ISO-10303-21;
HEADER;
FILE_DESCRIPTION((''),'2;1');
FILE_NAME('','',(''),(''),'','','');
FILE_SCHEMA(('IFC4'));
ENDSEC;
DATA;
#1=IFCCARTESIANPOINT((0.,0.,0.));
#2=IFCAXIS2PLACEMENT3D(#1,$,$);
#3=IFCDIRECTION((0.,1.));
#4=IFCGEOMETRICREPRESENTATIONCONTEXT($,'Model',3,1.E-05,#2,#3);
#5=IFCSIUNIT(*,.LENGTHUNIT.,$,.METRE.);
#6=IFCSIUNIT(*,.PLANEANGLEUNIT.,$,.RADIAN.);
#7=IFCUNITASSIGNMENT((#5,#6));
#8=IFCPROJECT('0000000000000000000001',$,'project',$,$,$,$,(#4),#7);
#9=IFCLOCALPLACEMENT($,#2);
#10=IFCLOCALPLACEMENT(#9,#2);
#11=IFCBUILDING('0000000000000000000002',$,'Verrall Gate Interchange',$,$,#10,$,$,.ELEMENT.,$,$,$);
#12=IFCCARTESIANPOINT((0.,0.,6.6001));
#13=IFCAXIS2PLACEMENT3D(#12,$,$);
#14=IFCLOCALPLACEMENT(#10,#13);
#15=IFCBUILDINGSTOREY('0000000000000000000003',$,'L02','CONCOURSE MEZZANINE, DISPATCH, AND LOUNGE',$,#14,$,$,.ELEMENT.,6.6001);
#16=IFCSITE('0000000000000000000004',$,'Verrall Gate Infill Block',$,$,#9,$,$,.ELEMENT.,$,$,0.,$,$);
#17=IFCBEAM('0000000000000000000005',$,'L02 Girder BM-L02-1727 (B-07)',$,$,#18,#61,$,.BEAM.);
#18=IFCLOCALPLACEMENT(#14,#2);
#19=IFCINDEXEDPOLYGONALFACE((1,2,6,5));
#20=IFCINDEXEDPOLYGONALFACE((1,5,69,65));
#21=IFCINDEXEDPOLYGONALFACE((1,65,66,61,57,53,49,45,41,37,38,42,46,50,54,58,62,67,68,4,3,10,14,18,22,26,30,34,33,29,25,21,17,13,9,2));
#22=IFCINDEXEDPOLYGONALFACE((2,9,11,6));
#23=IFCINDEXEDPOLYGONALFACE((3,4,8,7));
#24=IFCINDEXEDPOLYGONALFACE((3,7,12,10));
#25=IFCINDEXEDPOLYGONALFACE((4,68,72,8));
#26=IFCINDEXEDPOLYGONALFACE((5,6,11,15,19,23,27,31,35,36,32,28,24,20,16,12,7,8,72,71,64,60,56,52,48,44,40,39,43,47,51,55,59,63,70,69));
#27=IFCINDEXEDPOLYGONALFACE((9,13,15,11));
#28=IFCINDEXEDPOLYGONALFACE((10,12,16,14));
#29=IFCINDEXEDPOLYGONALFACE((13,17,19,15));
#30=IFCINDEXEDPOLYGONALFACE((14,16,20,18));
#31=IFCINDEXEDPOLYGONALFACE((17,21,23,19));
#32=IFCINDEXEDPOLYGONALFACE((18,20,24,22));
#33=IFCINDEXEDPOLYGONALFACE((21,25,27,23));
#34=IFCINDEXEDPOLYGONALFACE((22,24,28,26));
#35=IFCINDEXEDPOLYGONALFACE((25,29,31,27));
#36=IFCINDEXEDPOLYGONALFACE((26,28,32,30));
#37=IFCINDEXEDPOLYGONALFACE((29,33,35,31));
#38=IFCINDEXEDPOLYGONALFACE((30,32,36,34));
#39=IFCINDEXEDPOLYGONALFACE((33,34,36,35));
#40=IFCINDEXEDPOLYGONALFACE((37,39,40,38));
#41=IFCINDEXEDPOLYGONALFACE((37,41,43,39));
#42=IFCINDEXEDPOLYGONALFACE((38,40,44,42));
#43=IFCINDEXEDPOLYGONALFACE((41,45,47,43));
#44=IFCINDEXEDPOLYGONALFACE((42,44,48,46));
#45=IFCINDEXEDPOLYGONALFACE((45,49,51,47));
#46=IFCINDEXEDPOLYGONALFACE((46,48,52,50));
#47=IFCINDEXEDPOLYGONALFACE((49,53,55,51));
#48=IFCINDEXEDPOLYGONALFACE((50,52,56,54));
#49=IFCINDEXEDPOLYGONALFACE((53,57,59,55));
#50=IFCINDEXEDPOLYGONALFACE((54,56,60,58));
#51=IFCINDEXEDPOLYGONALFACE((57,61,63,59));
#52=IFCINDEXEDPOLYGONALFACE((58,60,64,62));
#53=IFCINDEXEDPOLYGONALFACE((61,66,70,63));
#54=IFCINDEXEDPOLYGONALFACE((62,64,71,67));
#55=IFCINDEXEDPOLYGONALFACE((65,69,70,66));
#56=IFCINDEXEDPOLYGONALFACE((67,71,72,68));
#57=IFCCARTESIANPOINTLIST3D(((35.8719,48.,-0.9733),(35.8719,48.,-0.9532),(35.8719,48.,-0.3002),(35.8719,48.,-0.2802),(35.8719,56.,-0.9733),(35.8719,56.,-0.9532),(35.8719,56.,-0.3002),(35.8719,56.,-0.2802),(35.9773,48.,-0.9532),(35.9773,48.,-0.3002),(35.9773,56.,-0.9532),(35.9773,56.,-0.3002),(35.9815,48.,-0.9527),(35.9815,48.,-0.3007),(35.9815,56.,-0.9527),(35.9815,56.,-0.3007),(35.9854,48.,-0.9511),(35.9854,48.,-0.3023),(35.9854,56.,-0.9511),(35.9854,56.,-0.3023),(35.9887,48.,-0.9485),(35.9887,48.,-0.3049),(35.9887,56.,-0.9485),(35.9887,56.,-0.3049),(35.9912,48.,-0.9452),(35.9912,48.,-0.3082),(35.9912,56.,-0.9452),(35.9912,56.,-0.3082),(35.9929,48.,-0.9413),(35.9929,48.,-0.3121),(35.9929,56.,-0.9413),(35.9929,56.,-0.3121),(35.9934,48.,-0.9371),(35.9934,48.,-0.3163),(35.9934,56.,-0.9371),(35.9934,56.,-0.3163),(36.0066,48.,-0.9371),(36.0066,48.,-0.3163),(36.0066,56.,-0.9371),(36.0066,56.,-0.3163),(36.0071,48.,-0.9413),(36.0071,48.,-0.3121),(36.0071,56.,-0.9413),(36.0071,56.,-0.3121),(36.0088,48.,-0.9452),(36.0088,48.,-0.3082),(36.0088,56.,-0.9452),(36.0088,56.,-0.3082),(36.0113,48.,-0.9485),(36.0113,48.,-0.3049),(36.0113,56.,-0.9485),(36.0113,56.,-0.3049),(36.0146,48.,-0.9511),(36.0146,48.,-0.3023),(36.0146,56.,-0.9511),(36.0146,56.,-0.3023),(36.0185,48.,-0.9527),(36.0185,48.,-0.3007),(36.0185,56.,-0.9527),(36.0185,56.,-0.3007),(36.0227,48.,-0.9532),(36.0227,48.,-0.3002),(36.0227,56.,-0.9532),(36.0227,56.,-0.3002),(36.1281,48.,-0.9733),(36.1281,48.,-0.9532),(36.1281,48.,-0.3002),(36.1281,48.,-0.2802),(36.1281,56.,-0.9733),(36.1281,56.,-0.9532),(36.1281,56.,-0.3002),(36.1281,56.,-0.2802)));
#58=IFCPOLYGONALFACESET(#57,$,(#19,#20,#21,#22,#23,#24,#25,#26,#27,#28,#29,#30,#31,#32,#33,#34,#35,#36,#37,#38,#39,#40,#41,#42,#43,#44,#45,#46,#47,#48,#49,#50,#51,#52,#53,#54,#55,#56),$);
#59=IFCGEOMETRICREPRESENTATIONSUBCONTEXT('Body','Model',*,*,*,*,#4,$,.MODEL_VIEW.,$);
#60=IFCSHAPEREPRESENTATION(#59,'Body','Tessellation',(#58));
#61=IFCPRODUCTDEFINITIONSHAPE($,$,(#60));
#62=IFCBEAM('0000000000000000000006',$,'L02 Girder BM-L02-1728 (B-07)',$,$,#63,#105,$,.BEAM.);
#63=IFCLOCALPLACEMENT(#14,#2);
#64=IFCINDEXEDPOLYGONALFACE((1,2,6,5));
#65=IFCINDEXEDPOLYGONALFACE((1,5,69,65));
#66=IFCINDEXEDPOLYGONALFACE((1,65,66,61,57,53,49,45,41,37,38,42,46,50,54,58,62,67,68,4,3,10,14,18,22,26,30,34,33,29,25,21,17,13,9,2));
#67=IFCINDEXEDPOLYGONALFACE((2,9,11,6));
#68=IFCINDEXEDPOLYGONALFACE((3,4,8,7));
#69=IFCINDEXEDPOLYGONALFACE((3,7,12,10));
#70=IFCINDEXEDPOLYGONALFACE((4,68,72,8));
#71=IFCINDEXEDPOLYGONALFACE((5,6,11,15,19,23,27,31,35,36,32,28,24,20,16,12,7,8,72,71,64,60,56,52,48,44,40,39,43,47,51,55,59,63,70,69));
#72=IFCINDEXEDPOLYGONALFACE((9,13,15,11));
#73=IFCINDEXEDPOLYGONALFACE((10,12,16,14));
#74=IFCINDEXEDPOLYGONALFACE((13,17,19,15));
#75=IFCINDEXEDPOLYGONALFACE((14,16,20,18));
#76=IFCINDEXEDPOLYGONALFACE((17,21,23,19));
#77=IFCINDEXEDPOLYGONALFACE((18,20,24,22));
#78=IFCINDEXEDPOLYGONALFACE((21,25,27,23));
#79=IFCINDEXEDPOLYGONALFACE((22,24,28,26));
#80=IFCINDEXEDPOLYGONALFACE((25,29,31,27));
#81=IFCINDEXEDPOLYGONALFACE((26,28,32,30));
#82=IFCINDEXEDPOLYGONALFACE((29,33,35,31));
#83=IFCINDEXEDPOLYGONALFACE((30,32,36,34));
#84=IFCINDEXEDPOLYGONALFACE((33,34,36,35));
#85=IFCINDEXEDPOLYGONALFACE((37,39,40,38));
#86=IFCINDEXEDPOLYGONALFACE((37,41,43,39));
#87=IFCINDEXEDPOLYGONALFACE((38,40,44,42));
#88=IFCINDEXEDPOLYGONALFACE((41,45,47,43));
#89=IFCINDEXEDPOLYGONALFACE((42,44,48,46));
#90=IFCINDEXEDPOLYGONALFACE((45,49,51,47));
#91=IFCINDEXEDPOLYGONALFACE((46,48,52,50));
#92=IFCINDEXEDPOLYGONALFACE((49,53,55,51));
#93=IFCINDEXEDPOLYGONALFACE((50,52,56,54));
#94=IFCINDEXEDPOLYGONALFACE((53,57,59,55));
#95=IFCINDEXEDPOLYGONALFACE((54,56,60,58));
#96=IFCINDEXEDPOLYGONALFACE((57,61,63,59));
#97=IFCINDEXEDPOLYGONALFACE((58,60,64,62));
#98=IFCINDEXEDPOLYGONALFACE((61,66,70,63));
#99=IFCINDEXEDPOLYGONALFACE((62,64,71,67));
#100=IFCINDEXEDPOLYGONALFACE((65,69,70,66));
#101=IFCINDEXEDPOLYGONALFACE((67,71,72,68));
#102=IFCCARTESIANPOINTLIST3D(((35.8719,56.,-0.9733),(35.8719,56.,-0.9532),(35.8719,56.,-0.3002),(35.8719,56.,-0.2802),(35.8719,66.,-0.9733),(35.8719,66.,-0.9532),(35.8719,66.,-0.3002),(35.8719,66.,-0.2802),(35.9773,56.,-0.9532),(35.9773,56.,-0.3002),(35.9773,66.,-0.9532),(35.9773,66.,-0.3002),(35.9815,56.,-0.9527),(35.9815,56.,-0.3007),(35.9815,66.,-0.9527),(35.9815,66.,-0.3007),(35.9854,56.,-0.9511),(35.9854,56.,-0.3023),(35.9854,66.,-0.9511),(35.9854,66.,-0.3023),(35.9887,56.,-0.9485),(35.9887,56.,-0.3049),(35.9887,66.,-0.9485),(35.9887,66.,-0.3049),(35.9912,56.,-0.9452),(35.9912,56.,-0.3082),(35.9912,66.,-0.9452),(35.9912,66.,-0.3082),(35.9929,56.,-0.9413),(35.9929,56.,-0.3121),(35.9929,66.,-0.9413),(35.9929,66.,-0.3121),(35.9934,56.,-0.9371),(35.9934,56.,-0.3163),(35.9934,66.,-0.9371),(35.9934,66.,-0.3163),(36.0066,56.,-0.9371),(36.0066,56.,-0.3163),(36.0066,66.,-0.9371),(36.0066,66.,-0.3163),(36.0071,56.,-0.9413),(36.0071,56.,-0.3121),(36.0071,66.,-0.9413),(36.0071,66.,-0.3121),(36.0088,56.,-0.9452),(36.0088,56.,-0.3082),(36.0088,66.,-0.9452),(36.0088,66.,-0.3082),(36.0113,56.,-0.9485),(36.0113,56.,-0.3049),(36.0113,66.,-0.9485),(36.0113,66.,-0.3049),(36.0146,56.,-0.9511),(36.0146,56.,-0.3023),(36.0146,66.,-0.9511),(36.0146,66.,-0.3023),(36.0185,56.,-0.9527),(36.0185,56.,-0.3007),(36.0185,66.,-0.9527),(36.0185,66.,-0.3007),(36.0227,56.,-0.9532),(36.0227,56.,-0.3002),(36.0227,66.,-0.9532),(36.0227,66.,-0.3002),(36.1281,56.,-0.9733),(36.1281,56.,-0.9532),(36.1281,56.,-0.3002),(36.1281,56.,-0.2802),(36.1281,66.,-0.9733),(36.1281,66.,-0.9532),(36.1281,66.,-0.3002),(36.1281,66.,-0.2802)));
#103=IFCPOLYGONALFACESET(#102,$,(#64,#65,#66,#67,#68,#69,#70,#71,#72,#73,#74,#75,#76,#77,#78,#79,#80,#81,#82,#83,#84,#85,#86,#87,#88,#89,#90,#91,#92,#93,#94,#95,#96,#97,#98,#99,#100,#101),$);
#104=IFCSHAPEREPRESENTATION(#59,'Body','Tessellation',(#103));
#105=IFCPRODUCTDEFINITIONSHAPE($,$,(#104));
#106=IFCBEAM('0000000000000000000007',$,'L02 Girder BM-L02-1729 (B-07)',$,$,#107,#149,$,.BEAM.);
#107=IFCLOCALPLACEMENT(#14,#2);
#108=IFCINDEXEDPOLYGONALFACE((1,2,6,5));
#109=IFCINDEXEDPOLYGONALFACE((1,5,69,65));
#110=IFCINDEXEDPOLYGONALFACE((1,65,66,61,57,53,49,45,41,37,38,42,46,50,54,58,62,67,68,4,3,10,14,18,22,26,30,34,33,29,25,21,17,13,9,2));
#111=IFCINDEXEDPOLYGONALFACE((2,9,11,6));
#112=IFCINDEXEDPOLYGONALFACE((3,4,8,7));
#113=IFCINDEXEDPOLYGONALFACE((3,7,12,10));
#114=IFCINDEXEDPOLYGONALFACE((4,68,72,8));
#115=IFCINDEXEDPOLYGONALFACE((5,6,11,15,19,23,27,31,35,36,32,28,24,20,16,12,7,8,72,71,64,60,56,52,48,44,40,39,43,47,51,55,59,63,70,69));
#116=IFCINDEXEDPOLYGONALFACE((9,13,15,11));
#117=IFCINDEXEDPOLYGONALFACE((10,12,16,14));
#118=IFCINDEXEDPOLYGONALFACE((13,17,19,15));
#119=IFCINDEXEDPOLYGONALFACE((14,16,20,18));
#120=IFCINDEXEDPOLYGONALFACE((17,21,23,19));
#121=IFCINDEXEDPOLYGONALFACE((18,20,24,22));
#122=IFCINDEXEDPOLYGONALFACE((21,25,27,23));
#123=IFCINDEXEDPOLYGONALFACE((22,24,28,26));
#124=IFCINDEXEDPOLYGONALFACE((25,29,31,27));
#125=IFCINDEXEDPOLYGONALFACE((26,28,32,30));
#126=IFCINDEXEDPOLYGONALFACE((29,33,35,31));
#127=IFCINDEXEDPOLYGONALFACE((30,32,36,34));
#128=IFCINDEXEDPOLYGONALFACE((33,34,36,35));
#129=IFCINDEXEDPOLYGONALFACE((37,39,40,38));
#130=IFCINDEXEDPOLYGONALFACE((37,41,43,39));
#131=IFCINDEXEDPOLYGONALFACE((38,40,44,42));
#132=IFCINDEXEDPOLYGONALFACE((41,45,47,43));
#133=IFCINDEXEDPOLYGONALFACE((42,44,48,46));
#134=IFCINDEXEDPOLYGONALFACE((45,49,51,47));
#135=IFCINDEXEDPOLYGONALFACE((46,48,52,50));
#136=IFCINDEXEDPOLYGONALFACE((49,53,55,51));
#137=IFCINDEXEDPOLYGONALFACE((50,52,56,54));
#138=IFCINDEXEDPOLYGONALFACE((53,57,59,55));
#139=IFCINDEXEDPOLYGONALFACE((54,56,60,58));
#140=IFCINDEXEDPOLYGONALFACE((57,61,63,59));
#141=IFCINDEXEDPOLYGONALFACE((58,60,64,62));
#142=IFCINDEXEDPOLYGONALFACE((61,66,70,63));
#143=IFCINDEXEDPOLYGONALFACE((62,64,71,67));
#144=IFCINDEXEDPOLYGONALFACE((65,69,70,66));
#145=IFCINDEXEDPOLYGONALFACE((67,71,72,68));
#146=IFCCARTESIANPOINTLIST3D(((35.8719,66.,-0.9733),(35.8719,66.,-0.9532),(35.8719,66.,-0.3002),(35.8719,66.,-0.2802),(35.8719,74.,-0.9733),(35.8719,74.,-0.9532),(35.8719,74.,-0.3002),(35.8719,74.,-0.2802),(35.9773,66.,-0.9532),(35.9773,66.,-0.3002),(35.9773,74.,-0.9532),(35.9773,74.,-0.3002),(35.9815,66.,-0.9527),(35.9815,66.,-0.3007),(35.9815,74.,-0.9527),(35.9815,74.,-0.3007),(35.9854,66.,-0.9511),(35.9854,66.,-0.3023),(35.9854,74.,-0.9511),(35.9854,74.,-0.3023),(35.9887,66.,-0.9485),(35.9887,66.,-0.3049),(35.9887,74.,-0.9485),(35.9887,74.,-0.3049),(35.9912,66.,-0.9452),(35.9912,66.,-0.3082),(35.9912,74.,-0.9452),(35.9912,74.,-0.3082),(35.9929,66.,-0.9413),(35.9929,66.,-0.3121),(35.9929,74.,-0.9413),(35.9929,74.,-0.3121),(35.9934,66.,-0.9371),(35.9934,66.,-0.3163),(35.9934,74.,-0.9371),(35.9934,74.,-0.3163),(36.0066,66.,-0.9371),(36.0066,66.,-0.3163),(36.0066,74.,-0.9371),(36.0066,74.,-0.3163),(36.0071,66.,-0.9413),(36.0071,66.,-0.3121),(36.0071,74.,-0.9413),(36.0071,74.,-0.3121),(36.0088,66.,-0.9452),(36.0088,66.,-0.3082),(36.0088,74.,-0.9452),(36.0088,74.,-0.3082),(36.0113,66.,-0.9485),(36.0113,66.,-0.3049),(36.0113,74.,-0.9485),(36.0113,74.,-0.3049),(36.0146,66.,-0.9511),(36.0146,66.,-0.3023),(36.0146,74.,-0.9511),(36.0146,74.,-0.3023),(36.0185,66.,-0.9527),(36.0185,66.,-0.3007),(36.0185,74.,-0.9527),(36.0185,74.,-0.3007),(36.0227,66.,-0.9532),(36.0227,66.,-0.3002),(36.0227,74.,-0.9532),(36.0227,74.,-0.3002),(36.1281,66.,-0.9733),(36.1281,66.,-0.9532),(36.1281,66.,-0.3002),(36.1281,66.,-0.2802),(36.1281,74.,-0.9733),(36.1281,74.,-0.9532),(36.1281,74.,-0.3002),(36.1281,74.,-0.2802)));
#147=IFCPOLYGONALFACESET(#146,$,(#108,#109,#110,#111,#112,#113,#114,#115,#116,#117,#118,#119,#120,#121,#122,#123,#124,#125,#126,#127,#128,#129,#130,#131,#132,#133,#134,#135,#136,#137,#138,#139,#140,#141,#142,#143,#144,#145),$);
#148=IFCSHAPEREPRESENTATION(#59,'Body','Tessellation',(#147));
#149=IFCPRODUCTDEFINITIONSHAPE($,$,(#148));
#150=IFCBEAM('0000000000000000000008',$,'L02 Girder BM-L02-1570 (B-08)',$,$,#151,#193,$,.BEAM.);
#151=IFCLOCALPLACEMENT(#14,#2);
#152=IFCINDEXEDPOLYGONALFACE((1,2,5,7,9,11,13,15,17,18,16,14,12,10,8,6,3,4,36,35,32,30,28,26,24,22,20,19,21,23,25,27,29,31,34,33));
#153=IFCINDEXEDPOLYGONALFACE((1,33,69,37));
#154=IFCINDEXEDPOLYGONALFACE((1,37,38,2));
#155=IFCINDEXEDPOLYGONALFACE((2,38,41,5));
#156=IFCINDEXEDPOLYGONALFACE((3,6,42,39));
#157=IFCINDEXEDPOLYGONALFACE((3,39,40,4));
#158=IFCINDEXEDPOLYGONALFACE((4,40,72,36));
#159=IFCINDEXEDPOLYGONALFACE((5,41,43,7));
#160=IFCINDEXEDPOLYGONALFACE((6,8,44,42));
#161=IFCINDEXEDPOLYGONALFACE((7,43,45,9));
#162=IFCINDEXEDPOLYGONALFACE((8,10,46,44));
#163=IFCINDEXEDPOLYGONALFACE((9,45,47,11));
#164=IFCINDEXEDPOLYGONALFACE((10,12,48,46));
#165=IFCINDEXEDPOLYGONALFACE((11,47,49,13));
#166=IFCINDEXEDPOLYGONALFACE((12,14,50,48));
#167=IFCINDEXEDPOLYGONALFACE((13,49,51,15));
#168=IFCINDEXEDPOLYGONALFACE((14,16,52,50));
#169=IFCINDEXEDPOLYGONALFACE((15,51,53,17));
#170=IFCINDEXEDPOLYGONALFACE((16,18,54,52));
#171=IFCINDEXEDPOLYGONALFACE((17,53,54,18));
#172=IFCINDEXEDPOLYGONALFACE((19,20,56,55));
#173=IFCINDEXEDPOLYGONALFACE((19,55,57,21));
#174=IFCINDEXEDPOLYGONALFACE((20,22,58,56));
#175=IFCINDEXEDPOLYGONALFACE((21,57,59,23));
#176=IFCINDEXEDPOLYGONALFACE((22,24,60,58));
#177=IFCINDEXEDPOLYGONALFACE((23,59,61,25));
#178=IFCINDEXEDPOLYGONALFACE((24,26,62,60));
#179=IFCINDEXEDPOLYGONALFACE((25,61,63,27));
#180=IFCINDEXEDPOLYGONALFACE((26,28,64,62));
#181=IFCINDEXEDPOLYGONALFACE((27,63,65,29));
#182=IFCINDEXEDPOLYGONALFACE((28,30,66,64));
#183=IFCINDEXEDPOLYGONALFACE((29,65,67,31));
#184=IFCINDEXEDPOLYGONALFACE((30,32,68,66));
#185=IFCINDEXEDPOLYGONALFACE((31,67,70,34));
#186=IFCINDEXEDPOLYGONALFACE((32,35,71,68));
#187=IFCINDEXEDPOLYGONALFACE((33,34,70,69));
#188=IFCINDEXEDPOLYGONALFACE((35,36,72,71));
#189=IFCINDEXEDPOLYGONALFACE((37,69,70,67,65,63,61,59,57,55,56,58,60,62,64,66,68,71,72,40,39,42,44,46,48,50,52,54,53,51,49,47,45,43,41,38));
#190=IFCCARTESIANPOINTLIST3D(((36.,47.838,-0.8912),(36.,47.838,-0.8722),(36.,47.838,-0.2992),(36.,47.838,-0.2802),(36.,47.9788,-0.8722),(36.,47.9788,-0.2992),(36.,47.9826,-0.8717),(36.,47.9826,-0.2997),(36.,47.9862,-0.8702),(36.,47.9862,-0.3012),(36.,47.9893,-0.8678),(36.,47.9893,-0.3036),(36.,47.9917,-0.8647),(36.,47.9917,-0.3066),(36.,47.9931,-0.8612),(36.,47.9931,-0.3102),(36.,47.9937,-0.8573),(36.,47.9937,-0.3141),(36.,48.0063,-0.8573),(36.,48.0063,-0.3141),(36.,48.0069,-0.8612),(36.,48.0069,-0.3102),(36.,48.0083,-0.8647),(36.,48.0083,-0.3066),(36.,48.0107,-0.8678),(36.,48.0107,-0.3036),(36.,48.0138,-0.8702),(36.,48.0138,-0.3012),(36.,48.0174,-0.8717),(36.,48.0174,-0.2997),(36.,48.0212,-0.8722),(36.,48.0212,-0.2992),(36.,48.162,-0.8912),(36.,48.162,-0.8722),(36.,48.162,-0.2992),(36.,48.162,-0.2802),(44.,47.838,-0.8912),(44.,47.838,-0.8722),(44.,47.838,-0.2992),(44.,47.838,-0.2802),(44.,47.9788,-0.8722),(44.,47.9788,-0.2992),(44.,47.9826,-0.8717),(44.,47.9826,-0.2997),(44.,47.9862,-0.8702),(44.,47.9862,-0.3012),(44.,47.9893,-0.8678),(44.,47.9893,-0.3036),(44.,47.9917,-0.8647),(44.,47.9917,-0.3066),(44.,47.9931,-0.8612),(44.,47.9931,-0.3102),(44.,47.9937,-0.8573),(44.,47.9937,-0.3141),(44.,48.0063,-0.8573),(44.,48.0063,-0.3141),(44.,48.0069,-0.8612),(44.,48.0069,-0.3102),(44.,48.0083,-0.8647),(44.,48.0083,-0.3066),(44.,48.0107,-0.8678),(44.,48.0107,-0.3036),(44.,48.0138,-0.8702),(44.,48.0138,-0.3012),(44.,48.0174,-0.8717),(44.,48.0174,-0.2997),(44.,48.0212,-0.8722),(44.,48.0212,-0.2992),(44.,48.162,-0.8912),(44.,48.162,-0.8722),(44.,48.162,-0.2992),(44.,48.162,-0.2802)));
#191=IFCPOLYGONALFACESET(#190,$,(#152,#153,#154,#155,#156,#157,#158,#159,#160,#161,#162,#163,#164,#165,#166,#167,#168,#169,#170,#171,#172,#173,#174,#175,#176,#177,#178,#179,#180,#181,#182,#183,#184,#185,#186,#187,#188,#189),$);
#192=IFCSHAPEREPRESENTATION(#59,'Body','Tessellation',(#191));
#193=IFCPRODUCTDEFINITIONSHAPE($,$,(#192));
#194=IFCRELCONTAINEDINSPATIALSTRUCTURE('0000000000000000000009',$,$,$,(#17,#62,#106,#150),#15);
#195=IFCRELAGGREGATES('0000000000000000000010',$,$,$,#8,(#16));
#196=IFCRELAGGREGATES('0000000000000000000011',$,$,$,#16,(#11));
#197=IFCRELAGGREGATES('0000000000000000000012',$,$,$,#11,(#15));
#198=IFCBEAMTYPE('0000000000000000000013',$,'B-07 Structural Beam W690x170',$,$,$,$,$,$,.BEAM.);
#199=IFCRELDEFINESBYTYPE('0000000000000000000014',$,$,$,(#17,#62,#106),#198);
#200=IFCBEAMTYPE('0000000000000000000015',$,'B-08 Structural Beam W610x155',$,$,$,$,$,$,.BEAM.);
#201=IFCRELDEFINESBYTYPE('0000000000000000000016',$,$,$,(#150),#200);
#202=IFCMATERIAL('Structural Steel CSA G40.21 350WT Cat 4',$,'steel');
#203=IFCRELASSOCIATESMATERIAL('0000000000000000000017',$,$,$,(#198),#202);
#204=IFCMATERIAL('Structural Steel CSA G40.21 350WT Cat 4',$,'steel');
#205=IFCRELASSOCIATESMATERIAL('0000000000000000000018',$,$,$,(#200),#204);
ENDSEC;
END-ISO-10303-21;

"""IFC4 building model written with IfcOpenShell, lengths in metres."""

from ifc_helpers import new_model, si_unit, direction, frame, origin, origin_2d, place, context, subcontext, project, spatial, i_section, extrude, material, material_profile, profile_set, type_object, element, save


model = new_model("IFC4")

# Units and contexts
model_context = context("Model", 3, precision=1e-05, world=origin(), true_north=direction((0.0, 1.0)))
body_context = subcontext(model_context, "Body", "Model", "MODEL_VIEW")
ifc_project = project(units=[si_unit("LENGTHUNIT", "METRE"), si_unit("PLANEANGLEUNIT", "RADIAN")], contexts=[model_context])

# Site, building, storey
site_placement = place(None, origin())
site = spatial("IfcSite", under=ifc_project, at=site_placement, Name="Verrall Gate Infill Block", CompositionType="ELEMENT", RefElevation=0.0)
building_placement = place(site_placement, origin())
building = spatial("IfcBuilding", under=site, at=building_placement, Name="Verrall Gate Interchange", CompositionType="ELEMENT")
storey_placement = place(building_placement, frame((0.0, 0.0, 6.6001)))
storey = spatial("IfcBuildingStorey", under=building, at=storey_placement, Name="L02", Description="CONCOURSE MEZZANINE, DISPATCH, AND LOUNGE", CompositionType="ELEMENT", Elevation=6.6001)

# Beams
ifc_material_1 = material(Name="Structural Steel CSA G40.21 350WT Cat 4", Category="steel")
ifc_material_profile_1 = material_profile(ifc_material_1, i_section(OverallWidth=0.2561, OverallDepth=0.6931, WebThickness=0.0132, FlangeThickness=0.02, FilletRadius=0.0161, at=origin_2d()), Name="W690x170")
ifc_profile_set_1 = profile_set([ifc_material_profile_1], Name="Structural Steel CSA G40.21 350WT Cat 4")
beam_type_1 = type_object("IfcBeamType", Name="B-07 Structural Beam W690x170", PredefinedType="BEAM", material=ifc_profile_set_1)
for number, where, z_axis, x_axis, name in (
    (1, (36.0, 48.0, -0.6267), (0.0, 1.0, 0.0), (-1.0, 0.0, 0.0), "L02 Girder BM-L02-1727 (B-07)"),
):
    element("IfcBeam", number, at=place(storey_placement, frame(where, z_axis=z_axis, x_axis=x_axis)), inside=storey, type_object=beam_type_1, Name=name, PredefinedType="BEAM", context=body_context, shape_type="SweptSolid", body=[
        extrude(i_section(OverallWidth=0.2561, OverallDepth=0.6931, WebThickness=0.0132, FlangeThickness=0.02, FilletRadius=0.0161, at=origin_2d()), origin(), (0.0, 0.0, 1.0), 8.0),
    ])
beam_1_placement = place(storey_placement, frame((36.0, 56.0, -0.6267), z_axis=(0.0, 1.0, 0.0), x_axis=(-1.0, 0.0, 0.0)))
element("IfcBeam", 2, at=beam_1_placement, inside=storey, type_object=beam_type_1, Name="L02 Girder BM-L02-1728 (B-07)", PredefinedType="BEAM", context=body_context, shape_type="SweptSolid", body=[
    extrude(i_section(OverallWidth=0.2561, OverallDepth=0.6931, WebThickness=0.0132, FlangeThickness=0.02, FilletRadius=0.0161, at=origin_2d()), origin(), (0.0, 0.0, 1.0), 10.0),
])
beam_2_placement = place(storey_placement, frame((36.0, 66.0, -0.6267), z_axis=(0.0, 1.0, 0.0), x_axis=(-1.0, 0.0, 0.0)))
element("IfcBeam", 3, at=beam_2_placement, inside=storey, type_object=beam_type_1, Name="L02 Girder BM-L02-1729 (B-07)", PredefinedType="BEAM", context=body_context, shape_type="SweptSolid", body=[
    extrude(i_section(OverallWidth=0.2561, OverallDepth=0.6931, WebThickness=0.0132, FlangeThickness=0.02, FilletRadius=0.0161, at=origin_2d()), origin(), (0.0, 0.0, 1.0), 8.0),
])
ifc_material_2 = material(Name="Structural Steel CSA G40.21 350WT Cat 4", Category="steel")
ifc_material_profile_2 = material_profile(ifc_material_2, i_section(OverallWidth=0.324, OverallDepth=0.6111, WebThickness=0.0127, FlangeThickness=0.019, FilletRadius=0.0149, at=origin_2d()), Name="W610x155")
ifc_profile_set_2 = profile_set([ifc_material_profile_2], Name="Structural Steel CSA G40.21 350WT Cat 4")
beam_type_2 = type_object("IfcBeamType", Name="B-08 Structural Beam W610x155", PredefinedType="BEAM", material=ifc_profile_set_2)
for number, where, z_axis, x_axis, name in (
    (4, (36.0, 48.0, -0.5857), (1.0, 0.0, 0.0), (0.0, 1.0, 0.0), "L02 Girder BM-L02-1570 (B-08)"),
):
    element("IfcBeam", number, at=place(storey_placement, frame(where, z_axis=z_axis, x_axis=x_axis)), inside=storey, type_object=beam_type_2, Name=name, PredefinedType="BEAM", context=body_context, shape_type="SweptSolid", body=[
        extrude(i_section(OverallWidth=0.324, OverallDepth=0.6111, WebThickness=0.0127, FlangeThickness=0.019, FilletRadius=0.0149, at=origin_2d()), origin(), (0.0, 0.0, 1.0), 8.0),
    ])

save(model, "model.ifc")
